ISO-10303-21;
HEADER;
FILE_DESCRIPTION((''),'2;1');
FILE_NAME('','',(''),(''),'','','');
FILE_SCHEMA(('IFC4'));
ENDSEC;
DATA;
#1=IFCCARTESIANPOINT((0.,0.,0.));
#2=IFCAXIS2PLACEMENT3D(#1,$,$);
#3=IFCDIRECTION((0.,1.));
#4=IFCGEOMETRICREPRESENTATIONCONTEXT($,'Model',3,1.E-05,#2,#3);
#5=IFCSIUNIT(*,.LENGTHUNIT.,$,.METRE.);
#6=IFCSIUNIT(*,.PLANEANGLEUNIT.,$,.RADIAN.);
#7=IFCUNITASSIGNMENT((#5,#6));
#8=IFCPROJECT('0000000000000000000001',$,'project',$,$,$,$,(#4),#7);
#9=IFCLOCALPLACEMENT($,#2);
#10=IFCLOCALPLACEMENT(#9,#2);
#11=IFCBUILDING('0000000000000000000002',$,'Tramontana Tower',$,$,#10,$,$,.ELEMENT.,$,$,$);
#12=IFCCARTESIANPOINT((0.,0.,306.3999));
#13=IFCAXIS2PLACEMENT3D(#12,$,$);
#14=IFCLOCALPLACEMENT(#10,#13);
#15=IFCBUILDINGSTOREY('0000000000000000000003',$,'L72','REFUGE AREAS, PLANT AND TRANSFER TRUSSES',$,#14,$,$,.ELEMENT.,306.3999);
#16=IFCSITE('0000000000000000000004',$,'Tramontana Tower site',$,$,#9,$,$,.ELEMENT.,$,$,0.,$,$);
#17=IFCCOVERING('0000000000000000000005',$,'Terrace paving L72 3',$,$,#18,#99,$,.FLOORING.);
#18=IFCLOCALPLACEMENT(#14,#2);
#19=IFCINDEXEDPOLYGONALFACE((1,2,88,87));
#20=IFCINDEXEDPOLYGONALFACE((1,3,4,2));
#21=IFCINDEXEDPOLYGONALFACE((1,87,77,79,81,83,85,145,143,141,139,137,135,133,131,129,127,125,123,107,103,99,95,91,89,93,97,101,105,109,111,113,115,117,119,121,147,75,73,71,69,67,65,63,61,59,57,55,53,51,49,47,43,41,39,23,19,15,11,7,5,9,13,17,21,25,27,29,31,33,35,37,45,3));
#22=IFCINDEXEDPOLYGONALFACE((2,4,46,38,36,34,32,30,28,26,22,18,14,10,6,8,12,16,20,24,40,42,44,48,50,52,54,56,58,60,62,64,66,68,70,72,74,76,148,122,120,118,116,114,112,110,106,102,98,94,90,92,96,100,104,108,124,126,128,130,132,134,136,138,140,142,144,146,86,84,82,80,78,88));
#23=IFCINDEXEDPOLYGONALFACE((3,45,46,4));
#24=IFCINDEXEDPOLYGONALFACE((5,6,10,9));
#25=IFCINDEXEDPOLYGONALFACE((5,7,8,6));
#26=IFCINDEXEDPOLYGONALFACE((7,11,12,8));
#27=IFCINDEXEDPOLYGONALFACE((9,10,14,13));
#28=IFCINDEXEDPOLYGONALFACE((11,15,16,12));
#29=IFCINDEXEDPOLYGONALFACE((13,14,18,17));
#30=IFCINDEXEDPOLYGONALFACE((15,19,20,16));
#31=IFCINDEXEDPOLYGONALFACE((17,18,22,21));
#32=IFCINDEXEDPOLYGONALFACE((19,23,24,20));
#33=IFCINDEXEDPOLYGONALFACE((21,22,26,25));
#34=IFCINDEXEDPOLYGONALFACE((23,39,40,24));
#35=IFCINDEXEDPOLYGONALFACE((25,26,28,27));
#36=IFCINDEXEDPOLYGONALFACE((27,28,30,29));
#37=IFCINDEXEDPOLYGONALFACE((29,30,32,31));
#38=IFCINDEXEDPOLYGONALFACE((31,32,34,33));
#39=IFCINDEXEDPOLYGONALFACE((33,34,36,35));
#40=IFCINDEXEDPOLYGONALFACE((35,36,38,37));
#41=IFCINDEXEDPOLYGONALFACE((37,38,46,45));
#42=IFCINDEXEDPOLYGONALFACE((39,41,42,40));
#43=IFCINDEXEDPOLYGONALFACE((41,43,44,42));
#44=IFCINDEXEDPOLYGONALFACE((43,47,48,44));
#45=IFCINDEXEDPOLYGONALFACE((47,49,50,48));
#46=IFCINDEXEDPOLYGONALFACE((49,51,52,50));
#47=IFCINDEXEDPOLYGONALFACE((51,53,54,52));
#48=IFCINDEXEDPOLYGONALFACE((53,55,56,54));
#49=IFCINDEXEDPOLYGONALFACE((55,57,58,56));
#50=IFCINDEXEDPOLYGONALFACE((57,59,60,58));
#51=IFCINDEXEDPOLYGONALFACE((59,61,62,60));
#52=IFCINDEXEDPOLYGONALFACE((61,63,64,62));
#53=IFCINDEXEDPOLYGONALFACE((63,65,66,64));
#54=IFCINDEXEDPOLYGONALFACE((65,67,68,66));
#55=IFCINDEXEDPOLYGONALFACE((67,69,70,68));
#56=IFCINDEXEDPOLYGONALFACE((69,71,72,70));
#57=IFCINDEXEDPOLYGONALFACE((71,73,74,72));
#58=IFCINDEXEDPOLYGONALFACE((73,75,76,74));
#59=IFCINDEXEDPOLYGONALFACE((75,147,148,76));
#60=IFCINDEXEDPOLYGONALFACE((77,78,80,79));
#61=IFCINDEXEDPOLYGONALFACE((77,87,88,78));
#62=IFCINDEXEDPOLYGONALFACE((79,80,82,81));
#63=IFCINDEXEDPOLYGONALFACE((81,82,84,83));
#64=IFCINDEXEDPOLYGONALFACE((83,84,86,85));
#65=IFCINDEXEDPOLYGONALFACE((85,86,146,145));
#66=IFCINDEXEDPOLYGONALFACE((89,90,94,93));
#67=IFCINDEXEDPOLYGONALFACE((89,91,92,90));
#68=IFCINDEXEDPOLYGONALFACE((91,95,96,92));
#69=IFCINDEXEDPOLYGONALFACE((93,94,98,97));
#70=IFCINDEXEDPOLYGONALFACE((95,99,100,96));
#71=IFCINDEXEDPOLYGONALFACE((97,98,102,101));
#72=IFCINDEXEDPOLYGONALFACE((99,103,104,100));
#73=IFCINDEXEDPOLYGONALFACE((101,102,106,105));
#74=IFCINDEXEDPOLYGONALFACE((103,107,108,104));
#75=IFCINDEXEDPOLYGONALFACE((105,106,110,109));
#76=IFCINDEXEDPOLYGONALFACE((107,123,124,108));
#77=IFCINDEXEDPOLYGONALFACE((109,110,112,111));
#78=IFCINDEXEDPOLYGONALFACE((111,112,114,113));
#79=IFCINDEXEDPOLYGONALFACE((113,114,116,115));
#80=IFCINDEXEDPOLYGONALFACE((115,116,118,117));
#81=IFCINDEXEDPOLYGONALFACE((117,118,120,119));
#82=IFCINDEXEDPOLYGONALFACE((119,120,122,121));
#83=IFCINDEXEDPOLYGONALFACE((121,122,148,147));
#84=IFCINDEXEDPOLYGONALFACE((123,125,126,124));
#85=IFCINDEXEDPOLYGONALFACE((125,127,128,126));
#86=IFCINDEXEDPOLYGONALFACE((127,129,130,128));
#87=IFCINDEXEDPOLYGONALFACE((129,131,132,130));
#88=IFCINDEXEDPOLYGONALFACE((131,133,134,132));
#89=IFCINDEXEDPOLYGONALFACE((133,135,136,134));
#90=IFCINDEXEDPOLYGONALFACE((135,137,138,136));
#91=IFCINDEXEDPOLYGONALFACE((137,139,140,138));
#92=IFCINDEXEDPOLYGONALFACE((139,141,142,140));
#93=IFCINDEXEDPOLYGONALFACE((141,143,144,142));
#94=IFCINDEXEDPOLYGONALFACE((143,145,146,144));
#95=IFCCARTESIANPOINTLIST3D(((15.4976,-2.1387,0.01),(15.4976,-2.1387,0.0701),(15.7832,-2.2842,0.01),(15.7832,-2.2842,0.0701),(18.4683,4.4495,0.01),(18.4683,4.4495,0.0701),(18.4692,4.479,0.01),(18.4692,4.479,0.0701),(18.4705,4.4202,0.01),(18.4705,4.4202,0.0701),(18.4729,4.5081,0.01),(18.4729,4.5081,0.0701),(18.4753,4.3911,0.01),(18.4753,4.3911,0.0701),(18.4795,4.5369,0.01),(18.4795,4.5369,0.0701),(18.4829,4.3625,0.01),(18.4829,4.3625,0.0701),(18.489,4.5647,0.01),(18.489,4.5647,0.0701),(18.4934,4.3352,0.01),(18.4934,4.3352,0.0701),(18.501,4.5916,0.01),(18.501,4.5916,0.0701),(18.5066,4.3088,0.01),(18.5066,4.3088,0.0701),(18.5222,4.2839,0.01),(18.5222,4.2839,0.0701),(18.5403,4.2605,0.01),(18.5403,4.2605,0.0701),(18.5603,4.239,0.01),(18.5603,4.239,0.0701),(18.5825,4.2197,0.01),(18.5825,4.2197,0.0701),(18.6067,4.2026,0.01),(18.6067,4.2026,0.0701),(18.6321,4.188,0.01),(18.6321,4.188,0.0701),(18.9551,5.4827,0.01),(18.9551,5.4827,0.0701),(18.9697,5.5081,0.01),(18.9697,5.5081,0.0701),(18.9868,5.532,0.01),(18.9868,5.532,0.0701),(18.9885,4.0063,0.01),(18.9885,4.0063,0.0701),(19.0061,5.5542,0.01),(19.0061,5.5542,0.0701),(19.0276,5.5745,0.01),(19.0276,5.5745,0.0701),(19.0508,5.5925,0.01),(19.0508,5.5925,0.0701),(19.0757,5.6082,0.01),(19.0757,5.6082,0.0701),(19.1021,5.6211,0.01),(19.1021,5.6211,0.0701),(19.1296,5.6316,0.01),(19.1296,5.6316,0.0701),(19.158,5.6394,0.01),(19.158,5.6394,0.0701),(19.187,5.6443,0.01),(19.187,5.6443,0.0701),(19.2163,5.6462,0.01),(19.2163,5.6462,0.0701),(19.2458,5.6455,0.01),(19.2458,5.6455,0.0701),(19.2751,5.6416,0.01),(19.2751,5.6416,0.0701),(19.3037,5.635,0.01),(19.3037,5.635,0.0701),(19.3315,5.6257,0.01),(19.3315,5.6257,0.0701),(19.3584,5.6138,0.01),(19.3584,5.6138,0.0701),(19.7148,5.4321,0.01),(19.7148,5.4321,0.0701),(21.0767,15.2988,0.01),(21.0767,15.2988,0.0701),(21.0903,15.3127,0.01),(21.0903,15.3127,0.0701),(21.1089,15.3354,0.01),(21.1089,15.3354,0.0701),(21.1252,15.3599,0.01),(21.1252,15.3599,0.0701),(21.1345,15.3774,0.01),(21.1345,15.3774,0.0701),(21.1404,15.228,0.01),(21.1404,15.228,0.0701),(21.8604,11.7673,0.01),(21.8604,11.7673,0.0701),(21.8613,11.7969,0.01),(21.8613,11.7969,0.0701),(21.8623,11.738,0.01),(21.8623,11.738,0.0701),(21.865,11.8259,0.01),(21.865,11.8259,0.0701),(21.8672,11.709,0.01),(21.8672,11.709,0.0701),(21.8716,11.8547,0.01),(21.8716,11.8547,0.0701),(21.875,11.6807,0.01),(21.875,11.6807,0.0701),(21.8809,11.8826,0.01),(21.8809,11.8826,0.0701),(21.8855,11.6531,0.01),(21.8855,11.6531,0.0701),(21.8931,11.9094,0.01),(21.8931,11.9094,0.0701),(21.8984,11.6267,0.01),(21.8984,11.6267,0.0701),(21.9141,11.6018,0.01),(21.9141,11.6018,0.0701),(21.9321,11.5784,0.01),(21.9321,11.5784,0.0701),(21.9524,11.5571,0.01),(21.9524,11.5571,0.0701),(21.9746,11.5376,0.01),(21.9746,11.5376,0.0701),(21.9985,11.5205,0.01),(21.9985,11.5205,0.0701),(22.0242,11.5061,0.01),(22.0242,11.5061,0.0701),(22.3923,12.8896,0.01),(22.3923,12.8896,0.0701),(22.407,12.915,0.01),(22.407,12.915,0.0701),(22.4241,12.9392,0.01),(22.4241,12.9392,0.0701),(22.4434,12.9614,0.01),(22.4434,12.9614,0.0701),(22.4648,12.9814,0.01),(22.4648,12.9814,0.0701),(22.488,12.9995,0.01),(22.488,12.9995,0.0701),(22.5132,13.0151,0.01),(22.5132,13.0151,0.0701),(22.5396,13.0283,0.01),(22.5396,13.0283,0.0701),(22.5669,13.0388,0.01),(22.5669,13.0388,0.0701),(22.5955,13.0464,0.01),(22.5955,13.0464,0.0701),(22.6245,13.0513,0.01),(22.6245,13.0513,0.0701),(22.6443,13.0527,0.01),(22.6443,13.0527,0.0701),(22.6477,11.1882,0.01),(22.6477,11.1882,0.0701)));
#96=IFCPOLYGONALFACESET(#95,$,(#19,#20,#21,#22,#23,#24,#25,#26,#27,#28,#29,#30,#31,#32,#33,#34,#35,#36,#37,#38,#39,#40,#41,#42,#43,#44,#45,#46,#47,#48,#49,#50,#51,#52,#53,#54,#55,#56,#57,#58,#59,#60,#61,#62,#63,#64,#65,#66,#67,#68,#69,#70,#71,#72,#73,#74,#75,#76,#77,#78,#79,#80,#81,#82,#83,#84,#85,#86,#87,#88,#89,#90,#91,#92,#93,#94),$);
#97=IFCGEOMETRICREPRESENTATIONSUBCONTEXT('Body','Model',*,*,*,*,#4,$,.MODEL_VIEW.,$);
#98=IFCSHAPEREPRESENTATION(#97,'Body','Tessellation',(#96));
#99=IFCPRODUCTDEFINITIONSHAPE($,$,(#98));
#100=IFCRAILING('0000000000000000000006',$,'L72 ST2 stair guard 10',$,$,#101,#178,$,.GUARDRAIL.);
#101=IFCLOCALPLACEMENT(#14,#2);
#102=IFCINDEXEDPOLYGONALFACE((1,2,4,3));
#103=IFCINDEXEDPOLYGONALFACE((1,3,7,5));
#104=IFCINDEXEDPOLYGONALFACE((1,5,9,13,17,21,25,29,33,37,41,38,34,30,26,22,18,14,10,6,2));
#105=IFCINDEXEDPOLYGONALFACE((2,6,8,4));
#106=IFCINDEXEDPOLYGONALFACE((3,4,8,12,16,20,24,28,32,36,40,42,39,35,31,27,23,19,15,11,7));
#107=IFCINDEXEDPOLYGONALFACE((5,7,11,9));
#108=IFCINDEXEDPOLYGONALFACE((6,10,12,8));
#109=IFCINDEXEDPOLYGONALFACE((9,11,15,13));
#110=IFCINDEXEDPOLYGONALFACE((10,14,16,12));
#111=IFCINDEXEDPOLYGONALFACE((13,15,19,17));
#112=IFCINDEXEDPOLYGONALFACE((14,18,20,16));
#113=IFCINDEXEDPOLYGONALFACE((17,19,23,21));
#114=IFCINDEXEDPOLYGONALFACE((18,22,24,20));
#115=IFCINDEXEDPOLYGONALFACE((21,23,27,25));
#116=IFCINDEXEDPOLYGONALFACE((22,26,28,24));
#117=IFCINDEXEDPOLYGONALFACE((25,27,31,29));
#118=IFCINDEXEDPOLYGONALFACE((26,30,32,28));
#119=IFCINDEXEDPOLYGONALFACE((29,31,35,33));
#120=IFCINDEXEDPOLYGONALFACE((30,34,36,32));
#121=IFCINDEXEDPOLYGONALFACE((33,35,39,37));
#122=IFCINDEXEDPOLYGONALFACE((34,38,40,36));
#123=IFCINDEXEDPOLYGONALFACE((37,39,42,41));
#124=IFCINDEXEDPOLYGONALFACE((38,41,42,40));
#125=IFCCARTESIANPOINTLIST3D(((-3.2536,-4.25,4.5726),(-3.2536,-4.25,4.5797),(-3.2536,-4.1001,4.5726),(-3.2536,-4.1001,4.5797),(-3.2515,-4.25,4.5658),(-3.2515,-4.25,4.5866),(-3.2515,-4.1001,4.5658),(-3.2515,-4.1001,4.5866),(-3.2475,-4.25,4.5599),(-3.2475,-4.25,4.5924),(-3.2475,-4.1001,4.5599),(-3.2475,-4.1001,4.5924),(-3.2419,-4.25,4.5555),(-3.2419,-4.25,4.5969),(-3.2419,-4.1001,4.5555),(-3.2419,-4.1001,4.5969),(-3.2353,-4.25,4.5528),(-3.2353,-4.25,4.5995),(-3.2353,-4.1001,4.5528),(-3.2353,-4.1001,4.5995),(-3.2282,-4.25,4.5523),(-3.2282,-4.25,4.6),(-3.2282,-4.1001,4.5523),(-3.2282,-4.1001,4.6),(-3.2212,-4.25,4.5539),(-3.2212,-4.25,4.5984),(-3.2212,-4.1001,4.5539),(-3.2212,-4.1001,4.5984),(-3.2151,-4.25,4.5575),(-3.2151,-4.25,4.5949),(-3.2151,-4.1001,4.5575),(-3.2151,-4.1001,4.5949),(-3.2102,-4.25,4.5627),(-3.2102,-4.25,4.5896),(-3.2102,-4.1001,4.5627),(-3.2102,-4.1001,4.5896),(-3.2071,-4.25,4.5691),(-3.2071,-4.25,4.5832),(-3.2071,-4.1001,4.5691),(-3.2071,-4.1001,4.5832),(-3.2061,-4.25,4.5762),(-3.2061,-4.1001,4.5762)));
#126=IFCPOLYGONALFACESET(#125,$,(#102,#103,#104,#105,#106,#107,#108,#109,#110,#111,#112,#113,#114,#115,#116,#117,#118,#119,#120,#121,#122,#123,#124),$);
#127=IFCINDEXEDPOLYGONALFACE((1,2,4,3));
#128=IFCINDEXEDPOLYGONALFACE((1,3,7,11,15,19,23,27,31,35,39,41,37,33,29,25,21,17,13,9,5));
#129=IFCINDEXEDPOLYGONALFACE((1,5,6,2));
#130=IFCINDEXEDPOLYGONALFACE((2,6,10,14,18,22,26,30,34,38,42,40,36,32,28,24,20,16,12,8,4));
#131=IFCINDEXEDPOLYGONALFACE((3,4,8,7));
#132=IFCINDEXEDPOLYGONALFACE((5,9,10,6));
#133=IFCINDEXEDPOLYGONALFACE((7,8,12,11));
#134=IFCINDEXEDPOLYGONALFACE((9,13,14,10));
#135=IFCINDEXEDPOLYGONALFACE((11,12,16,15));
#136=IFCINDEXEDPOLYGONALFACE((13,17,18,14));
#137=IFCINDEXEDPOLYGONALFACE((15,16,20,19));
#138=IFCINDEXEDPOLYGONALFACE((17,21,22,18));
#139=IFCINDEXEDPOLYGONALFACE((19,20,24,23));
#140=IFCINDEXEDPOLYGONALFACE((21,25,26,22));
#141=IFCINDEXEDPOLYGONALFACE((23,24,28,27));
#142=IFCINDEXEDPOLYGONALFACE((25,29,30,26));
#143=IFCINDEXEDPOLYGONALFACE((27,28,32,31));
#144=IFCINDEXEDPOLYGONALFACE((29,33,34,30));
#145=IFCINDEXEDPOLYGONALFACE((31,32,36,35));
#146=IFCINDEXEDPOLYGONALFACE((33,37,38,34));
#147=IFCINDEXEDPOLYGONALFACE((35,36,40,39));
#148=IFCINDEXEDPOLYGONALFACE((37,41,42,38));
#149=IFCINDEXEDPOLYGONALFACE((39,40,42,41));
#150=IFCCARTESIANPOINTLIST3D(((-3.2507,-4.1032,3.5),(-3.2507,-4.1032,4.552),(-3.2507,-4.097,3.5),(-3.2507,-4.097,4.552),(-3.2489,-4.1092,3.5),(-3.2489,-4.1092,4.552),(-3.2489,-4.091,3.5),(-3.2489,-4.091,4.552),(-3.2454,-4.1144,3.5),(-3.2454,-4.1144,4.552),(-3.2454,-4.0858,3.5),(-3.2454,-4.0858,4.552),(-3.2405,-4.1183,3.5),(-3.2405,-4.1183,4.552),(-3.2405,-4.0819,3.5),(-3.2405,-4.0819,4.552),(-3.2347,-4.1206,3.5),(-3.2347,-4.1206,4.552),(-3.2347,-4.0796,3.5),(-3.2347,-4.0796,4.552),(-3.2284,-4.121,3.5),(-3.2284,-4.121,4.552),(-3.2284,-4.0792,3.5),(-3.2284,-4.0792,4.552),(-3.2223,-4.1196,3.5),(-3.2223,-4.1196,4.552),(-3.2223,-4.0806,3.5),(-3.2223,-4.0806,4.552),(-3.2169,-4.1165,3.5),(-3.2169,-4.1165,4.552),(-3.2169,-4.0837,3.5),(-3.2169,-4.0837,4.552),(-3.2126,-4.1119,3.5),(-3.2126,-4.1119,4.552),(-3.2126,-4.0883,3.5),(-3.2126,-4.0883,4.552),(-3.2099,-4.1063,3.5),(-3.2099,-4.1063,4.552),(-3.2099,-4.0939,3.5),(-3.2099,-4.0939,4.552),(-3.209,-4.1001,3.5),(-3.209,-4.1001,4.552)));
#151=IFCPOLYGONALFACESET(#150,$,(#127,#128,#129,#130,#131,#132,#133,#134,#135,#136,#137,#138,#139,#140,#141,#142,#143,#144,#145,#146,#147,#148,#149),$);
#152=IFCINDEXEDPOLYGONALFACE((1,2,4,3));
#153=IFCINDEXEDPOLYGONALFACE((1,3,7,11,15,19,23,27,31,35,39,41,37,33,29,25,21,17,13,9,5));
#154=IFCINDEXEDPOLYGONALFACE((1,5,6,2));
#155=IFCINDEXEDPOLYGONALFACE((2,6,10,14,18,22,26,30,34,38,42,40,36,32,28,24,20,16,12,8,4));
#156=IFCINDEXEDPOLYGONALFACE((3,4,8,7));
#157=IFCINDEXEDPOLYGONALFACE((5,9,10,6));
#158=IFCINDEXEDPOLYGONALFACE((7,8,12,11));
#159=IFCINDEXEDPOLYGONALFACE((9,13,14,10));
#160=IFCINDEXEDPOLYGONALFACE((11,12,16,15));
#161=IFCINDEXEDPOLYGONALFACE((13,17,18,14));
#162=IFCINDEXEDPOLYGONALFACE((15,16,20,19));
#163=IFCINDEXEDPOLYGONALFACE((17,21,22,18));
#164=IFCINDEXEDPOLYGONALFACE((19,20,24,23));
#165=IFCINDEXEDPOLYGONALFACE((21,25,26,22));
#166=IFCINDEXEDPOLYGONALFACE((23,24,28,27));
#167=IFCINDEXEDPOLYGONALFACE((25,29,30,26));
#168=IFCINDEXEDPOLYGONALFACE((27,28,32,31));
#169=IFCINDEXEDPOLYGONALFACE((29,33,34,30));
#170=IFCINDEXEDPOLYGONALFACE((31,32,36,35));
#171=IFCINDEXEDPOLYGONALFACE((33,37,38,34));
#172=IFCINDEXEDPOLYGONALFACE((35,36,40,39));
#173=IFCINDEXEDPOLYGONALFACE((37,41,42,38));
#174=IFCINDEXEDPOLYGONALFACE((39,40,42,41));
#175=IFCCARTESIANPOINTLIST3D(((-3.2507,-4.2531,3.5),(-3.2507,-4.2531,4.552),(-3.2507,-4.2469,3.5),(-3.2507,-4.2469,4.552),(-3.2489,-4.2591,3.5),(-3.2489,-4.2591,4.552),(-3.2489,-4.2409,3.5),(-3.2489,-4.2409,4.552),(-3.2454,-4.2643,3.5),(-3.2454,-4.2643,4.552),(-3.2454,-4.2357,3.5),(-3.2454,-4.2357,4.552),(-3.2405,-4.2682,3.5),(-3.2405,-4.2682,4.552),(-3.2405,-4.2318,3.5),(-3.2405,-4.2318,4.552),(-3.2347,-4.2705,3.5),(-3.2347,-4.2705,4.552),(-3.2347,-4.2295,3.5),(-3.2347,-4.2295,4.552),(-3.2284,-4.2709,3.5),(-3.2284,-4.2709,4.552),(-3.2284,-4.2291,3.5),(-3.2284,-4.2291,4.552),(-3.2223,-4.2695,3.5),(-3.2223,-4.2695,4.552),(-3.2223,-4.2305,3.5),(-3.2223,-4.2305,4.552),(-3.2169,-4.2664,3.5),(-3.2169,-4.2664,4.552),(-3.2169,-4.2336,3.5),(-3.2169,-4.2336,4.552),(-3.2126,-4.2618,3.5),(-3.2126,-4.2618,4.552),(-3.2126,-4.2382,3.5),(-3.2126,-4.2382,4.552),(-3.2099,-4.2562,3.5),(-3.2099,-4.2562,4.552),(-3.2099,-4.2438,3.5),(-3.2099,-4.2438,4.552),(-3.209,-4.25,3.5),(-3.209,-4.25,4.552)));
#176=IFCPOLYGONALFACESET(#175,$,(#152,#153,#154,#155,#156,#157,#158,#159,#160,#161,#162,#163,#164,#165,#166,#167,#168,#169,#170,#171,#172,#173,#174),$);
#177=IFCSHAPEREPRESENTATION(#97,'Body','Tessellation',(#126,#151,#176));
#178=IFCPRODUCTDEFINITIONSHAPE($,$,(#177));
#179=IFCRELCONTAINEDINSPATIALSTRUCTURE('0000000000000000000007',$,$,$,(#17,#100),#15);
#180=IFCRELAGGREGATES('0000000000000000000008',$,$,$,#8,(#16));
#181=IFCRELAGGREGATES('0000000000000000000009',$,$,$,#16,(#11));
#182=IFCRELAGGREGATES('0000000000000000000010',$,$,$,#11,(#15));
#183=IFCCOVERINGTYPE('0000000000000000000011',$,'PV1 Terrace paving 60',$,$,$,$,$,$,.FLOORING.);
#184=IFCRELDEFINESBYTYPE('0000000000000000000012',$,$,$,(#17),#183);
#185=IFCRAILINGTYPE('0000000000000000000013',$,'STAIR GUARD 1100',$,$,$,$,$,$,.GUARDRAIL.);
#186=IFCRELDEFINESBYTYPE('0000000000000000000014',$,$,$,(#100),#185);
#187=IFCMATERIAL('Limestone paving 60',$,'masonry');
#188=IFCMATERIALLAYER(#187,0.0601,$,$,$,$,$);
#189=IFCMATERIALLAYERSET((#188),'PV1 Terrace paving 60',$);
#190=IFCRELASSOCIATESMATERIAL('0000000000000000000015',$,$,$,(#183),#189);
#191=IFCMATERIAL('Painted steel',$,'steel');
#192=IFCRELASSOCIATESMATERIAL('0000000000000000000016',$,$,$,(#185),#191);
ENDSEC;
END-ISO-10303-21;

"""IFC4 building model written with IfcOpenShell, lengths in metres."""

from ifc_helpers import new_model, si_unit, direction, frame, origin, origin_2d, place, context, subcontext, project, spatial, polyline, circle, outline, extrude, material, layer, layer_set, type_object, element, save


model = new_model("IFC4")

# Units and contexts
model_context = context("Model", 3, precision=1e-05, world=origin(), true_north=direction((0.0, 1.0)))
body_context = subcontext(model_context, "Body", "Model", "MODEL_VIEW")
ifc_project = project(units=[si_unit("LENGTHUNIT", "METRE"), si_unit("PLANEANGLEUNIT", "RADIAN")], contexts=[model_context])

# Site, building, storey
site_placement = place(None, origin())
site = spatial("IfcSite", under=ifc_project, at=site_placement, Name="Tramontana Tower site", CompositionType="ELEMENT", RefElevation=0.0)
building_placement = place(site_placement, origin())
building = spatial("IfcBuilding", under=site, at=building_placement, Name="Tramontana Tower", CompositionType="ELEMENT")
storey_placement = place(building_placement, frame((0.0, 0.0, 306.3999)))
storey = spatial("IfcBuildingStorey", under=building, at=storey_placement, Name="L72", Description="REFUGE AREAS, PLANT AND TRANSFER TRUSSES", CompositionType="ELEMENT", Elevation=306.3999)

# Covering
ifc_material_1 = material(Name="Limestone paving 60", Category="masonry")
ifc_layer_1 = layer(ifc_material_1, 0.0601)
ifc_layer_set_1 = layer_set([ifc_layer_1], Name="PV1 Terrace paving 60")
covering_type_1 = type_object("IfcCoveringType", Name="PV1 Terrace paving 60", PredefinedType="FLOORING", material=ifc_layer_set_1)
covering_1_placement = place(storey_placement, frame((0.0, 0.0, 0.01)))
element("IfcCovering", 1, at=covering_1_placement, inside=storey, type_object=covering_type_1, Name="Terrace paving L72 3", PredefinedType="FLOORING", context=body_context, shape_type="SweptSolid", body=[
    extrude(outline(polyline([(22.6443, 13.0527), (22.6245, 13.0513), (22.5955, 13.0464), (22.5669, 13.0388), (22.5396, 13.0283), (22.5132, 13.0151), (22.488, 12.9995), (22.4648, 12.9814), (22.4434, 12.9614), (22.4241, 12.9392), (22.407, 12.915), (22.3923, 12.8896), (21.8931, 11.9094), (21.8809, 11.8826), (21.8716, 11.8547), (21.865, 11.8259), (21.8613, 11.7969), (21.8604, 11.7673), (21.8623, 11.738), (21.8672, 11.709), (21.875, 11.6807), (21.8855, 11.6531), (21.8984, 11.6267), (21.9141, 11.6018), (21.9321, 11.5784), (21.9524, 11.5571), (21.9746, 11.5376), (21.9985, 11.5205), (22.0242, 11.5061), (22.6477, 11.1882), (19.7148, 5.4321), (19.3584, 5.6138), (19.3315, 5.6257), (19.3037, 5.635), (19.2751, 5.6416), (19.2458, 5.6455), (19.2163, 5.6462), (19.187, 5.6443), (19.158, 5.6394), (19.1296, 5.6316), (19.1021, 5.6211), (19.0757, 5.6082), (19.0508, 5.5925), (19.0276, 5.5745), (19.0061, 5.5542), (18.9868, 5.532), (18.9697, 5.5081), (18.9551, 5.4827), (18.501, 4.5916), (18.489, 4.5647), (18.4795, 4.5369), (18.4729, 4.5081), (18.4692, 4.479), (18.4683, 4.4495), (18.4705, 4.4202), (18.4753, 4.3911), (18.4829, 4.3625), (18.4934, 4.3352), (18.5066, 4.3088), (18.5222, 4.2839), (18.5403, 4.2605), (18.5603, 4.239), (18.5825, 4.2197), (18.6067, 4.2026), (18.6321, 4.188), (18.9885, 4.0063), (15.7832, -2.2842), (15.4976, -2.1387), (21.1404, 15.228), (21.0767, 15.2988), (21.0903, 15.3127), (21.1089, 15.3354), (21.1252, 15.3599), (21.1345, 15.3774), (22.6443, 13.0527)])), origin(), (0.0, 0.0, 1.0), 0.0601),
])

# Railing
ifc_material_2 = material(Name="Painted steel", Category="steel")
railing_type_1 = type_object("IfcRailingType", Name="STAIR GUARD 1100", PredefinedType="GUARDRAIL", material=ifc_material_2)
for number, where, name in (
    (2, (-3.23, -4.1001, 3.5), "L72 ST2 stair guard 10"),
):
    element("IfcRailing", number, at=place(storey_placement, frame(where)), inside=storey, type_object=railing_type_1, Name=name, PredefinedType="GUARDRAIL", context=body_context, shape_type="SweptSolid", body=[
        extrude(circle(Radius=0.0239, at=origin_2d()), frame((0.0, 0.0, 1.0762), z_axis=(0.0, -1.0, 0.0), x_axis=(1.0, 0.0, 0.0)), (0.0, 0.0, 1.0), 0.1499),
        extrude(circle(Radius=0.021, at=origin_2d()), origin(), (0.0, 0.0, 1.0), 1.052),
        extrude(circle(Radius=0.021, at=origin_2d()), frame((0.0, -0.1499, 0.0)), (0.0, 0.0, 1.0), 1.052),
    ])

save(model, "model.ifc")
